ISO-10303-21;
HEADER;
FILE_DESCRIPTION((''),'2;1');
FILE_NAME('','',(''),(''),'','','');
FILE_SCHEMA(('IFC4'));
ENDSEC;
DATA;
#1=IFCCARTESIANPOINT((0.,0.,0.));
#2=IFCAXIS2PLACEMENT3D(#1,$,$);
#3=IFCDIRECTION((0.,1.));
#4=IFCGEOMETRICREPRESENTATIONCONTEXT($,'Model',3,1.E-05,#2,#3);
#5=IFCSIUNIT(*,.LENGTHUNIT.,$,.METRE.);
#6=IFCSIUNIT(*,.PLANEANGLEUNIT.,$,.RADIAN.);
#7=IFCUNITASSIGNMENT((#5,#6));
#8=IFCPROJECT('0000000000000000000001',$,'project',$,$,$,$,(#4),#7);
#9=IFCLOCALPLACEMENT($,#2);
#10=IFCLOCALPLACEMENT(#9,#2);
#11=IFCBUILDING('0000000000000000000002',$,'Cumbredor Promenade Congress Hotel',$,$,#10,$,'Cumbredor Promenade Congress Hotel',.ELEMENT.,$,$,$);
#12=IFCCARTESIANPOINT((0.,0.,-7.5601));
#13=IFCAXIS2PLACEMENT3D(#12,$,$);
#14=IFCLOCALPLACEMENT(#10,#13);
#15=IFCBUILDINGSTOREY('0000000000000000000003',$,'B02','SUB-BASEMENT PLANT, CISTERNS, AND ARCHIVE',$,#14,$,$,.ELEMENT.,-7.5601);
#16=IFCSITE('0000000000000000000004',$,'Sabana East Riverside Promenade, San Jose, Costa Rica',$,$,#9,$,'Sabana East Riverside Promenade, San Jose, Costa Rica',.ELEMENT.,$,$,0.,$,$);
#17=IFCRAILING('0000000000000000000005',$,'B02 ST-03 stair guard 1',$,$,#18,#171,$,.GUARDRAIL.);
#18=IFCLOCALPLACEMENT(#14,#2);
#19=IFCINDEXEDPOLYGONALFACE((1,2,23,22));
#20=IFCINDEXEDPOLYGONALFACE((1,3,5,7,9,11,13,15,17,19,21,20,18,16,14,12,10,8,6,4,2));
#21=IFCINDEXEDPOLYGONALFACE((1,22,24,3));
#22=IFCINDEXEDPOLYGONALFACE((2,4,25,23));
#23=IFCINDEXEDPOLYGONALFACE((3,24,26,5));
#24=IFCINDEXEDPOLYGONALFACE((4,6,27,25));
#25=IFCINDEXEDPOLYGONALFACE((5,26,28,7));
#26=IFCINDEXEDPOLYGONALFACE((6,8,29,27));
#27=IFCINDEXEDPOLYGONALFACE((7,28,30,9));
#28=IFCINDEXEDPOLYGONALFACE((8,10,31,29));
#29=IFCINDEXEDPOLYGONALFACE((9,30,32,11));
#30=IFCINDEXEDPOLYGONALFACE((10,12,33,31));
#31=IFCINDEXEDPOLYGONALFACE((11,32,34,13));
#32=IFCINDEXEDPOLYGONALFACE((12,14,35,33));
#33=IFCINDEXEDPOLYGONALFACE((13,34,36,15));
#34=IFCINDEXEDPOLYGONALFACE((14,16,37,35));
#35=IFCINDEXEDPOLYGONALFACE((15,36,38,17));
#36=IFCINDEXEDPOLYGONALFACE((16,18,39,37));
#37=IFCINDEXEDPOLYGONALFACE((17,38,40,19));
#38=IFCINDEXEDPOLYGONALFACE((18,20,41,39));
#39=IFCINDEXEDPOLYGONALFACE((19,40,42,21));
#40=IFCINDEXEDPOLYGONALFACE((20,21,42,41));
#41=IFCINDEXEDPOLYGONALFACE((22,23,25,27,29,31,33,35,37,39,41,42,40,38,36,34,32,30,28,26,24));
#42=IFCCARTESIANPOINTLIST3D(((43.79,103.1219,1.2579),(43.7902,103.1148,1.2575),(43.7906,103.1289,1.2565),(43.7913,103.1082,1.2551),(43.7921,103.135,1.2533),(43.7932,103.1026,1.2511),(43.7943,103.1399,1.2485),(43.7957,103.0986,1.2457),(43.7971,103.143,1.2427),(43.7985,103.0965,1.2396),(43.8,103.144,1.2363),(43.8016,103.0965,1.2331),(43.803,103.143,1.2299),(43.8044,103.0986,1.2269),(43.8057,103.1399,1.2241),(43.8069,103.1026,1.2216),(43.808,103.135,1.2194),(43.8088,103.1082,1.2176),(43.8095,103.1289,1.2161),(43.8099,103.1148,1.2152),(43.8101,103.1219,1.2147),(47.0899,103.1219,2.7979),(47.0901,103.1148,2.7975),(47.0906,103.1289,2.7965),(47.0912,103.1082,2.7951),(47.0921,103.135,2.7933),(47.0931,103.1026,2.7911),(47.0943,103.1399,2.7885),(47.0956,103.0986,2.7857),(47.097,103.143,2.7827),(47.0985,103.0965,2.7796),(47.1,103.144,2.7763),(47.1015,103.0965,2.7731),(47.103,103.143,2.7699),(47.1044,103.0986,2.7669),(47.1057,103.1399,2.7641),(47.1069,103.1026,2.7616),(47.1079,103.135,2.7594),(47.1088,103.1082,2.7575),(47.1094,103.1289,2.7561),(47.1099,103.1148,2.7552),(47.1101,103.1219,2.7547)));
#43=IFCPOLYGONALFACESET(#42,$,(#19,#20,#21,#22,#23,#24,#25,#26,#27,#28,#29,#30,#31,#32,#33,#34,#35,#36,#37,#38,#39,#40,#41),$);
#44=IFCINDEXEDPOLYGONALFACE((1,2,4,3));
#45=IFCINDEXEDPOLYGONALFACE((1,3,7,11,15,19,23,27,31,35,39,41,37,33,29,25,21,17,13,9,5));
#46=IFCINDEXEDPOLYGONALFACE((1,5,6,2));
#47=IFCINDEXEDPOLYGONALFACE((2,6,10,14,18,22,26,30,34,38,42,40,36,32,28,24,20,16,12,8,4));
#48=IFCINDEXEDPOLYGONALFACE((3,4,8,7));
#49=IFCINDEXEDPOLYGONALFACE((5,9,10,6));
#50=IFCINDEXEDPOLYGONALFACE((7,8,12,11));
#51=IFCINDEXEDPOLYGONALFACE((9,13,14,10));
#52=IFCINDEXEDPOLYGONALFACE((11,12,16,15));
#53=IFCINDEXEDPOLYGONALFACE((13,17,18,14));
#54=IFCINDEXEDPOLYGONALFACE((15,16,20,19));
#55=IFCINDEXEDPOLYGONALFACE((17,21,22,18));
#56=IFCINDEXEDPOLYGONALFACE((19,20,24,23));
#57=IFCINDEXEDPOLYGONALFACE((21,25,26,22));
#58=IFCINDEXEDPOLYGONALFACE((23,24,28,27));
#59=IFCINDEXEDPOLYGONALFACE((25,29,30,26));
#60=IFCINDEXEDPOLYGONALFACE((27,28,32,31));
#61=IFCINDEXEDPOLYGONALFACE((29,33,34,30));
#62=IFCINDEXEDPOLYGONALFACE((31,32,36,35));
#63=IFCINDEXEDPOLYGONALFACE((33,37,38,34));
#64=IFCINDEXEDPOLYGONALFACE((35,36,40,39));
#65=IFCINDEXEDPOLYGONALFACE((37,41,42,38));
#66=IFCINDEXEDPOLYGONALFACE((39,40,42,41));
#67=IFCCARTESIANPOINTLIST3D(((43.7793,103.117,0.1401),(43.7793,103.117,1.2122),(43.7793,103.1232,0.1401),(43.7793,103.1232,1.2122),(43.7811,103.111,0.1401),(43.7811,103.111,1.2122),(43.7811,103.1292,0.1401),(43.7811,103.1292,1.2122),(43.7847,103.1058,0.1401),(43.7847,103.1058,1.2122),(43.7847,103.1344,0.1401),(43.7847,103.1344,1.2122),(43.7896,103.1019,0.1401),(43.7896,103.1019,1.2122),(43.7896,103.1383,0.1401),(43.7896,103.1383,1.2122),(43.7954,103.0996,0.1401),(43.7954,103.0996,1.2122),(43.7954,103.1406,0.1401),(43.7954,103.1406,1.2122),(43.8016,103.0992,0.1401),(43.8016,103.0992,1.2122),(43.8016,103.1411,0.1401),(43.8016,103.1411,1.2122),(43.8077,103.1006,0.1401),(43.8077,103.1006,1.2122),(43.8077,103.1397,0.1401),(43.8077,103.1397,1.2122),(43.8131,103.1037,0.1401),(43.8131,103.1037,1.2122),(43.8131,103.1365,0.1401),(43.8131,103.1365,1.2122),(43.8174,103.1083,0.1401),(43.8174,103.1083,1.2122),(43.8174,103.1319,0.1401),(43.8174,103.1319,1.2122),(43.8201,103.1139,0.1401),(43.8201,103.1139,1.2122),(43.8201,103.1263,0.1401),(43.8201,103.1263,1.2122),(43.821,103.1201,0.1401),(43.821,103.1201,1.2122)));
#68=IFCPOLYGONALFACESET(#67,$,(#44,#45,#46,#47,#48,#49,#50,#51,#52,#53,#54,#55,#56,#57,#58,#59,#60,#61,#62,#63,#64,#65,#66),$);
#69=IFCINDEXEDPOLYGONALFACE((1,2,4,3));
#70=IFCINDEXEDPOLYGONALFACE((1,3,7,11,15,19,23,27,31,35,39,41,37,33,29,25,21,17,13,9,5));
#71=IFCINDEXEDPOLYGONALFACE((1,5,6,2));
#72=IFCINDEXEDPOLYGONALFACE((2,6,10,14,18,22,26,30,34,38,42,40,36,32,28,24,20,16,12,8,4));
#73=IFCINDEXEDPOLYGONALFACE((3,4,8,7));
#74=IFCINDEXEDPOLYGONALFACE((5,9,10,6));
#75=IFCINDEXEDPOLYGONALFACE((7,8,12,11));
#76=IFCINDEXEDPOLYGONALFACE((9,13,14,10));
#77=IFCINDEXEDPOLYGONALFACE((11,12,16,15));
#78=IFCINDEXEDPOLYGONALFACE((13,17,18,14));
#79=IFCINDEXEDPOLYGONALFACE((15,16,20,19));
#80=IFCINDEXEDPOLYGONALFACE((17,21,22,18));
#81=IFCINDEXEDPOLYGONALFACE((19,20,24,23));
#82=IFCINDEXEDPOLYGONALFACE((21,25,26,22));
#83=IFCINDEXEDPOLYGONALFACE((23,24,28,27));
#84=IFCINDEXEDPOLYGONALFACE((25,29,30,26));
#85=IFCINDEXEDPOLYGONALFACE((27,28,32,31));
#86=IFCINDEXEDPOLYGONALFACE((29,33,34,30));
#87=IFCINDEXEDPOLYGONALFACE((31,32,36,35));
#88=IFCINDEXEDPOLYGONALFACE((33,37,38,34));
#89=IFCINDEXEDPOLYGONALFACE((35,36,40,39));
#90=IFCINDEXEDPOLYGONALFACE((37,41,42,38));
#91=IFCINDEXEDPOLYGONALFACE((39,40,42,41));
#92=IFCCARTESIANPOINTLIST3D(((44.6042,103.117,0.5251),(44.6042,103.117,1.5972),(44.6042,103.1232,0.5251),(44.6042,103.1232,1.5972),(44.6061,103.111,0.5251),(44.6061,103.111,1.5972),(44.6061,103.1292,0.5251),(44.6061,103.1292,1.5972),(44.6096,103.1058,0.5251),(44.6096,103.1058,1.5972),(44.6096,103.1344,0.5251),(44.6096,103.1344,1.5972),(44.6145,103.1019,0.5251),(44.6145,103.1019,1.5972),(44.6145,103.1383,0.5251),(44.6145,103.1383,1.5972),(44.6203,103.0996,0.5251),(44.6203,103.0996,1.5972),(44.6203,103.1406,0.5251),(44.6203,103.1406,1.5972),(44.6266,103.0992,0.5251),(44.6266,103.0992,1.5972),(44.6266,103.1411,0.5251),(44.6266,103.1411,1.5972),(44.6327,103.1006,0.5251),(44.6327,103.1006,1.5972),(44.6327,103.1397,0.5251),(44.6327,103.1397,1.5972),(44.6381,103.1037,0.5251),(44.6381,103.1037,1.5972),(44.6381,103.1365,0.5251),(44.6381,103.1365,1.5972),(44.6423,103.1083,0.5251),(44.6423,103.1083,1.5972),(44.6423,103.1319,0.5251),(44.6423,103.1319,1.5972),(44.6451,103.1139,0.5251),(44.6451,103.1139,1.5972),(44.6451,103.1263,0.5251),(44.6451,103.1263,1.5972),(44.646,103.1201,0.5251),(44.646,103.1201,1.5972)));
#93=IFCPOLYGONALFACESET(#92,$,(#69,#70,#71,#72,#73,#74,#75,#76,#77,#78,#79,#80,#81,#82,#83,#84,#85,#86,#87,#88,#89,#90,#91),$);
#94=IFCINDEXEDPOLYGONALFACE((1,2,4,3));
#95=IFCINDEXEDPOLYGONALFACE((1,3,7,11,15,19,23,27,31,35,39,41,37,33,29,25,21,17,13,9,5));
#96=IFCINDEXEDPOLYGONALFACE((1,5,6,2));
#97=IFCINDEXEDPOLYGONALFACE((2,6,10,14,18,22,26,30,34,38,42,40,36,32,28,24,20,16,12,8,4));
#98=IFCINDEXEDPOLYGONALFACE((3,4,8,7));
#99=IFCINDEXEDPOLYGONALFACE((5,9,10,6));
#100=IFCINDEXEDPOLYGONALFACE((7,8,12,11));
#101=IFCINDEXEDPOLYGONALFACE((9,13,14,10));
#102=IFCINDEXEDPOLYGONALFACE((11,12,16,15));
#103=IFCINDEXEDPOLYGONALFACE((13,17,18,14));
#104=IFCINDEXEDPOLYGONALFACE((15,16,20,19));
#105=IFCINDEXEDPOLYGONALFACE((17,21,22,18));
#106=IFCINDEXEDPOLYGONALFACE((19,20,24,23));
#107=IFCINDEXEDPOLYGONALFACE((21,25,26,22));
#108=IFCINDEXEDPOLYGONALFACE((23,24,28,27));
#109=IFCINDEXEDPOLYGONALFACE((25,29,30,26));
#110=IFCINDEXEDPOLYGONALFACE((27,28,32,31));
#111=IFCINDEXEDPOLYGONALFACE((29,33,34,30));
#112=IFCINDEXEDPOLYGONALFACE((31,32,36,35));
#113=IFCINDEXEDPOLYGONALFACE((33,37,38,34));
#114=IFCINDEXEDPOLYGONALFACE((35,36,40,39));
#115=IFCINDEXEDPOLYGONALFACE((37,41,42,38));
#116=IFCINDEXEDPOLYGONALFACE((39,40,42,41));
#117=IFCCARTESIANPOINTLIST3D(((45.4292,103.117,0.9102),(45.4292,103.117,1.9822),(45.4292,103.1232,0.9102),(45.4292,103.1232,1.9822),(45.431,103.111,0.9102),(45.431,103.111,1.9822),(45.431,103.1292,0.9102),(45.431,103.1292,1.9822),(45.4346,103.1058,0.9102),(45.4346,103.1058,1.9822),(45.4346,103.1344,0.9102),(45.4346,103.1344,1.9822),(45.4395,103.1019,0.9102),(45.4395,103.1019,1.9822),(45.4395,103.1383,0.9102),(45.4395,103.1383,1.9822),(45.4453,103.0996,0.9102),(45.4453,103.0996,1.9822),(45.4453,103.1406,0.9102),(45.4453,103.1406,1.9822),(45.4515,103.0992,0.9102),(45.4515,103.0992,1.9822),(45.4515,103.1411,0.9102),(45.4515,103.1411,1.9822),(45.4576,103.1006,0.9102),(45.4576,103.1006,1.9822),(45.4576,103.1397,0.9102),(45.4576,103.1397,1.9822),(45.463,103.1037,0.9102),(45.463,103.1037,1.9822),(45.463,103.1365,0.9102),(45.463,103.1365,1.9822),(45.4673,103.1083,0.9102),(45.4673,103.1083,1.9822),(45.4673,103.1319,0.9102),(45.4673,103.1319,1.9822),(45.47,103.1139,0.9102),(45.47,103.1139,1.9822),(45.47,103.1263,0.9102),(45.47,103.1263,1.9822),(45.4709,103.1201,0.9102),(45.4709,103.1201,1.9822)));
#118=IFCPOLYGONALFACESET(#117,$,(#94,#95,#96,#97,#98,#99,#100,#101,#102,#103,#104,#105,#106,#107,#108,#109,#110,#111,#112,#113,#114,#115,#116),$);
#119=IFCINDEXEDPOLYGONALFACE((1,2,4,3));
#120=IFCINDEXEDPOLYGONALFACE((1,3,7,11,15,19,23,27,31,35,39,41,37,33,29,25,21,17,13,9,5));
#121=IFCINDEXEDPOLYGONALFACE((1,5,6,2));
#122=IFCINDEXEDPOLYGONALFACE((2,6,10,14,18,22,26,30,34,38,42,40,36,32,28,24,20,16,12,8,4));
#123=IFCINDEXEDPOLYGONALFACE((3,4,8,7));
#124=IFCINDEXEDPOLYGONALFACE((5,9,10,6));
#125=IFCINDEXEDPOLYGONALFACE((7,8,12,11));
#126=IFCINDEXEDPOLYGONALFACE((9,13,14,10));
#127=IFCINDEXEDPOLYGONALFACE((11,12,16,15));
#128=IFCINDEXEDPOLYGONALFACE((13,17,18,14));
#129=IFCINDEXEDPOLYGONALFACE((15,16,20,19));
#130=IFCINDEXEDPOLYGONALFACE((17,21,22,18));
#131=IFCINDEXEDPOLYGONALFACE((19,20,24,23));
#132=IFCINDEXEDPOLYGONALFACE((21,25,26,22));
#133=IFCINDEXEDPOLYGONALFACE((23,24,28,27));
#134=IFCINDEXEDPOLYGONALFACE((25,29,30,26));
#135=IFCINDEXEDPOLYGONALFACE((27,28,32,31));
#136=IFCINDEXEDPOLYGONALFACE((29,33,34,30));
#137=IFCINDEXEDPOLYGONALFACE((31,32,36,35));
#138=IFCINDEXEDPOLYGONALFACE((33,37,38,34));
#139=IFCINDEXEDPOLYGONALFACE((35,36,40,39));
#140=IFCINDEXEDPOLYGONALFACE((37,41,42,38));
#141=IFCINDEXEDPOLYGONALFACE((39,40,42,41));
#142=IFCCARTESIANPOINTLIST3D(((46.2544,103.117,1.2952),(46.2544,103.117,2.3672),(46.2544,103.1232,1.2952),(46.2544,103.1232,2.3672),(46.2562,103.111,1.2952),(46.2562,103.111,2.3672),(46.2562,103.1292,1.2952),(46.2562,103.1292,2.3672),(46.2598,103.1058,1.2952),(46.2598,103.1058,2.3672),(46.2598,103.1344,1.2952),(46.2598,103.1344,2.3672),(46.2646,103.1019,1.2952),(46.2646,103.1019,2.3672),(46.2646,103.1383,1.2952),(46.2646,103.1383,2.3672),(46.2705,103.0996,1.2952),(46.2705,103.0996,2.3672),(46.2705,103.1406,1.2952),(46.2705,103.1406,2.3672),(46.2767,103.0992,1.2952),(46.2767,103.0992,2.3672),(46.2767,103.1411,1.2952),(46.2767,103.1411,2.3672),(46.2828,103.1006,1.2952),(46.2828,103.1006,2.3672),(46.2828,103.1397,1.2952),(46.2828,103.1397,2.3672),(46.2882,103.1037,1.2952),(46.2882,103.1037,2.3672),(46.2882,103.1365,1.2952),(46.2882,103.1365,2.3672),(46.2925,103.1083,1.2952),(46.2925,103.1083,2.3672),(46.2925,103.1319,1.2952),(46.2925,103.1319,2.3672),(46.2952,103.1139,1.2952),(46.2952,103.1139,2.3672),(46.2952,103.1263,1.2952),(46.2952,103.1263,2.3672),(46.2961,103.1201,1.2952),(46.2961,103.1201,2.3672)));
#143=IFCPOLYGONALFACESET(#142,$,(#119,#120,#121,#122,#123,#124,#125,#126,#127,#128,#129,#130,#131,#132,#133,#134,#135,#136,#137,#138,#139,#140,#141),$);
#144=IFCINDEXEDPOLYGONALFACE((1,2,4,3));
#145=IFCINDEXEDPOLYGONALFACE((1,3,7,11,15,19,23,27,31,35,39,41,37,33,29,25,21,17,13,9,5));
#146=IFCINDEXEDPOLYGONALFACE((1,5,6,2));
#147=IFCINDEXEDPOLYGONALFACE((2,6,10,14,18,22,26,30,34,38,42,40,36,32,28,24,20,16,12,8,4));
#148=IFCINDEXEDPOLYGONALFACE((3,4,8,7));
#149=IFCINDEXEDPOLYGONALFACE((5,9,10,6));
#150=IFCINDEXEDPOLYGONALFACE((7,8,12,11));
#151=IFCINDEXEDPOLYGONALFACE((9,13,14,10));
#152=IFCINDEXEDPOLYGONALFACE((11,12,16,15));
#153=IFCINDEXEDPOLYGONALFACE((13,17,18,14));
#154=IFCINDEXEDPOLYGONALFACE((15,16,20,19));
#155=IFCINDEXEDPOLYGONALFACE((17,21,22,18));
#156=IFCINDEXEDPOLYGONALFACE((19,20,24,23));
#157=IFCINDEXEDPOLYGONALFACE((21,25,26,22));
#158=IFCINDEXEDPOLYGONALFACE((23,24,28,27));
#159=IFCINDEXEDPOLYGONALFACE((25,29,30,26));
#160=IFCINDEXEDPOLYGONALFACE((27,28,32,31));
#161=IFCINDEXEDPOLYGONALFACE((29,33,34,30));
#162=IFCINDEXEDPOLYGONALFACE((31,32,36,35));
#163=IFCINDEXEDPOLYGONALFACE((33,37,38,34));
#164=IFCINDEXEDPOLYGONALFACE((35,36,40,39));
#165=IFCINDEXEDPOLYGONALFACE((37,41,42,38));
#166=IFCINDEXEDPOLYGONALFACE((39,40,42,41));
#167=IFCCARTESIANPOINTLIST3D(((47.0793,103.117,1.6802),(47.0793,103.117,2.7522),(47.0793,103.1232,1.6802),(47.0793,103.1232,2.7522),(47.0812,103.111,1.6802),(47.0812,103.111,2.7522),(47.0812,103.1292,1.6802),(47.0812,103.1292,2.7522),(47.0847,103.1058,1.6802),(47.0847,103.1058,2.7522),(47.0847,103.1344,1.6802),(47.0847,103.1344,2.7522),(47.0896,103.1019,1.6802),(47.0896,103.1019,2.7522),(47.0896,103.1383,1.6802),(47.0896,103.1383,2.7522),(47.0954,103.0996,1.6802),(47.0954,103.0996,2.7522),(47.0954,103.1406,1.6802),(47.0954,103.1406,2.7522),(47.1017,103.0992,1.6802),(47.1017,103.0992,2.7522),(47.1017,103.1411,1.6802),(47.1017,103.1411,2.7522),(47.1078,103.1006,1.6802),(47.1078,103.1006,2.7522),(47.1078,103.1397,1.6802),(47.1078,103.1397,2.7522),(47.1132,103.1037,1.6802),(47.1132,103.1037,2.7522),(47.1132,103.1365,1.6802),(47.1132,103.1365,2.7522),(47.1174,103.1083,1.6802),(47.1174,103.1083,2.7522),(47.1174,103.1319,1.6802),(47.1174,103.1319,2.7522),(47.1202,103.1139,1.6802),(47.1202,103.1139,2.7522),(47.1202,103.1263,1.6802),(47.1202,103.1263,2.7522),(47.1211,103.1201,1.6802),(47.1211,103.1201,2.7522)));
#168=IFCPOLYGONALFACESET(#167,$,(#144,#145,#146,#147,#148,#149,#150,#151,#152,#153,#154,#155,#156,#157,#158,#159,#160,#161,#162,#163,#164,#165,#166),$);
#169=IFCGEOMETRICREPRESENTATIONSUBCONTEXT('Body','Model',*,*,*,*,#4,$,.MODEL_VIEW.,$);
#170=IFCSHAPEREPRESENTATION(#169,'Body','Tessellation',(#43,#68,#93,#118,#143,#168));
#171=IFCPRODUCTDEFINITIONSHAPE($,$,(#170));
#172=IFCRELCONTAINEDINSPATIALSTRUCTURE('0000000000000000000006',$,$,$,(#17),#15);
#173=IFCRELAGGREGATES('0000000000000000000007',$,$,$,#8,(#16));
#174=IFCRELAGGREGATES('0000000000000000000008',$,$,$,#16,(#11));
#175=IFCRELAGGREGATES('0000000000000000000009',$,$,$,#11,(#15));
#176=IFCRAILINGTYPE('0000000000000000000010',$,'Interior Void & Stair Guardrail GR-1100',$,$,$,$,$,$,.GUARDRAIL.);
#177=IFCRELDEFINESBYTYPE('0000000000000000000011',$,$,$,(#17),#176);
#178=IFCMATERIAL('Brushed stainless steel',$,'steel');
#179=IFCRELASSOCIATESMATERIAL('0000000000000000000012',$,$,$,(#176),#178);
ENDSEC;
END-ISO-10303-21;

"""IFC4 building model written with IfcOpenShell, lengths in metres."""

from ifc_helpers import new_model, si_unit, direction, frame, origin, origin_2d, place, context, subcontext, project, spatial, circle, extrude, material, type_object, element, save


model = new_model("IFC4")

# Units and contexts
model_context = context("Model", 3, precision=1e-05, world=origin(), true_north=direction((0.0, 1.0)))
body_context = subcontext(model_context, "Body", "Model", "MODEL_VIEW")
ifc_project = project(units=[si_unit("LENGTHUNIT", "METRE"), si_unit("PLANEANGLEUNIT", "RADIAN")], contexts=[model_context])

# Site, building, storey
site_placement = place(None, origin())
site = spatial("IfcSite", under=ifc_project, at=site_placement, Name="Sabana East Riverside Promenade, San Jose, Costa Rica", LongName="Sabana East Riverside Promenade, San Jose, Costa Rica", CompositionType="ELEMENT", RefElevation=0.0)
building_placement = place(site_placement, origin())
building = spatial("IfcBuilding", under=site, at=building_placement, Name="Cumbredor Promenade Congress Hotel", LongName="Cumbredor Promenade Congress Hotel", CompositionType="ELEMENT")
storey_placement = place(building_placement, frame((0.0, 0.0, -7.5601)))
storey = spatial("IfcBuildingStorey", under=building, at=storey_placement, Name="B02", Description="SUB-BASEMENT PLANT, CISTERNS, AND ARCHIVE", CompositionType="ELEMENT", Elevation=-7.5601)

# Shared definitions
ifc_material_1 = material(Name="Brushed stainless steel", Category="steel")

# Railing
railing_type_1 = type_object("IfcRailingType", Name="Interior Void & Stair Guardrail GR-1100", PredefinedType="GUARDRAIL", material=ifc_material_1)
railing_1_placement = place(storey_placement, frame((43.8, 103.1201, 0.1401)))
element("IfcRailing", 1, at=railing_1_placement, inside=storey, type_object=railing_type_1, Name="B02 ST-03 stair guard 1", PredefinedType="GUARDRAIL", context=body_context, shape_type="SweptSolid", body=[
    extrude(circle(Radius=0.0239, at=origin_2d()), frame((0.0, 0.0, 1.0962), z_axis=(0.906181, 0.0, 0.422889), x_axis=(0.0, 1.0, 0.0)), (0.0, 0.0, 1.0), 3.6416),
    extrude(circle(Radius=0.021, at=origin_2d()), origin(), (0.0, 0.0, 1.0), 1.072),
    extrude(circle(Radius=0.021, at=origin_2d()), frame((0.825, 0.0, 0.385)), (0.0, 0.0, 1.0), 1.072),
    extrude(circle(Radius=0.021, at=origin_2d()), frame((1.6499, 0.0, 0.77)), (0.0, 0.0, 1.0), 1.072),
    extrude(circle(Radius=0.021, at=origin_2d()), frame((2.4751, 0.0, 1.155)), (0.0, 0.0, 1.0), 1.072),
    extrude(circle(Radius=0.021, at=origin_2d()), frame((3.3, 0.0, 1.54)), (0.0, 0.0, 1.0), 1.072),
])

save(model, "model.ifc")
